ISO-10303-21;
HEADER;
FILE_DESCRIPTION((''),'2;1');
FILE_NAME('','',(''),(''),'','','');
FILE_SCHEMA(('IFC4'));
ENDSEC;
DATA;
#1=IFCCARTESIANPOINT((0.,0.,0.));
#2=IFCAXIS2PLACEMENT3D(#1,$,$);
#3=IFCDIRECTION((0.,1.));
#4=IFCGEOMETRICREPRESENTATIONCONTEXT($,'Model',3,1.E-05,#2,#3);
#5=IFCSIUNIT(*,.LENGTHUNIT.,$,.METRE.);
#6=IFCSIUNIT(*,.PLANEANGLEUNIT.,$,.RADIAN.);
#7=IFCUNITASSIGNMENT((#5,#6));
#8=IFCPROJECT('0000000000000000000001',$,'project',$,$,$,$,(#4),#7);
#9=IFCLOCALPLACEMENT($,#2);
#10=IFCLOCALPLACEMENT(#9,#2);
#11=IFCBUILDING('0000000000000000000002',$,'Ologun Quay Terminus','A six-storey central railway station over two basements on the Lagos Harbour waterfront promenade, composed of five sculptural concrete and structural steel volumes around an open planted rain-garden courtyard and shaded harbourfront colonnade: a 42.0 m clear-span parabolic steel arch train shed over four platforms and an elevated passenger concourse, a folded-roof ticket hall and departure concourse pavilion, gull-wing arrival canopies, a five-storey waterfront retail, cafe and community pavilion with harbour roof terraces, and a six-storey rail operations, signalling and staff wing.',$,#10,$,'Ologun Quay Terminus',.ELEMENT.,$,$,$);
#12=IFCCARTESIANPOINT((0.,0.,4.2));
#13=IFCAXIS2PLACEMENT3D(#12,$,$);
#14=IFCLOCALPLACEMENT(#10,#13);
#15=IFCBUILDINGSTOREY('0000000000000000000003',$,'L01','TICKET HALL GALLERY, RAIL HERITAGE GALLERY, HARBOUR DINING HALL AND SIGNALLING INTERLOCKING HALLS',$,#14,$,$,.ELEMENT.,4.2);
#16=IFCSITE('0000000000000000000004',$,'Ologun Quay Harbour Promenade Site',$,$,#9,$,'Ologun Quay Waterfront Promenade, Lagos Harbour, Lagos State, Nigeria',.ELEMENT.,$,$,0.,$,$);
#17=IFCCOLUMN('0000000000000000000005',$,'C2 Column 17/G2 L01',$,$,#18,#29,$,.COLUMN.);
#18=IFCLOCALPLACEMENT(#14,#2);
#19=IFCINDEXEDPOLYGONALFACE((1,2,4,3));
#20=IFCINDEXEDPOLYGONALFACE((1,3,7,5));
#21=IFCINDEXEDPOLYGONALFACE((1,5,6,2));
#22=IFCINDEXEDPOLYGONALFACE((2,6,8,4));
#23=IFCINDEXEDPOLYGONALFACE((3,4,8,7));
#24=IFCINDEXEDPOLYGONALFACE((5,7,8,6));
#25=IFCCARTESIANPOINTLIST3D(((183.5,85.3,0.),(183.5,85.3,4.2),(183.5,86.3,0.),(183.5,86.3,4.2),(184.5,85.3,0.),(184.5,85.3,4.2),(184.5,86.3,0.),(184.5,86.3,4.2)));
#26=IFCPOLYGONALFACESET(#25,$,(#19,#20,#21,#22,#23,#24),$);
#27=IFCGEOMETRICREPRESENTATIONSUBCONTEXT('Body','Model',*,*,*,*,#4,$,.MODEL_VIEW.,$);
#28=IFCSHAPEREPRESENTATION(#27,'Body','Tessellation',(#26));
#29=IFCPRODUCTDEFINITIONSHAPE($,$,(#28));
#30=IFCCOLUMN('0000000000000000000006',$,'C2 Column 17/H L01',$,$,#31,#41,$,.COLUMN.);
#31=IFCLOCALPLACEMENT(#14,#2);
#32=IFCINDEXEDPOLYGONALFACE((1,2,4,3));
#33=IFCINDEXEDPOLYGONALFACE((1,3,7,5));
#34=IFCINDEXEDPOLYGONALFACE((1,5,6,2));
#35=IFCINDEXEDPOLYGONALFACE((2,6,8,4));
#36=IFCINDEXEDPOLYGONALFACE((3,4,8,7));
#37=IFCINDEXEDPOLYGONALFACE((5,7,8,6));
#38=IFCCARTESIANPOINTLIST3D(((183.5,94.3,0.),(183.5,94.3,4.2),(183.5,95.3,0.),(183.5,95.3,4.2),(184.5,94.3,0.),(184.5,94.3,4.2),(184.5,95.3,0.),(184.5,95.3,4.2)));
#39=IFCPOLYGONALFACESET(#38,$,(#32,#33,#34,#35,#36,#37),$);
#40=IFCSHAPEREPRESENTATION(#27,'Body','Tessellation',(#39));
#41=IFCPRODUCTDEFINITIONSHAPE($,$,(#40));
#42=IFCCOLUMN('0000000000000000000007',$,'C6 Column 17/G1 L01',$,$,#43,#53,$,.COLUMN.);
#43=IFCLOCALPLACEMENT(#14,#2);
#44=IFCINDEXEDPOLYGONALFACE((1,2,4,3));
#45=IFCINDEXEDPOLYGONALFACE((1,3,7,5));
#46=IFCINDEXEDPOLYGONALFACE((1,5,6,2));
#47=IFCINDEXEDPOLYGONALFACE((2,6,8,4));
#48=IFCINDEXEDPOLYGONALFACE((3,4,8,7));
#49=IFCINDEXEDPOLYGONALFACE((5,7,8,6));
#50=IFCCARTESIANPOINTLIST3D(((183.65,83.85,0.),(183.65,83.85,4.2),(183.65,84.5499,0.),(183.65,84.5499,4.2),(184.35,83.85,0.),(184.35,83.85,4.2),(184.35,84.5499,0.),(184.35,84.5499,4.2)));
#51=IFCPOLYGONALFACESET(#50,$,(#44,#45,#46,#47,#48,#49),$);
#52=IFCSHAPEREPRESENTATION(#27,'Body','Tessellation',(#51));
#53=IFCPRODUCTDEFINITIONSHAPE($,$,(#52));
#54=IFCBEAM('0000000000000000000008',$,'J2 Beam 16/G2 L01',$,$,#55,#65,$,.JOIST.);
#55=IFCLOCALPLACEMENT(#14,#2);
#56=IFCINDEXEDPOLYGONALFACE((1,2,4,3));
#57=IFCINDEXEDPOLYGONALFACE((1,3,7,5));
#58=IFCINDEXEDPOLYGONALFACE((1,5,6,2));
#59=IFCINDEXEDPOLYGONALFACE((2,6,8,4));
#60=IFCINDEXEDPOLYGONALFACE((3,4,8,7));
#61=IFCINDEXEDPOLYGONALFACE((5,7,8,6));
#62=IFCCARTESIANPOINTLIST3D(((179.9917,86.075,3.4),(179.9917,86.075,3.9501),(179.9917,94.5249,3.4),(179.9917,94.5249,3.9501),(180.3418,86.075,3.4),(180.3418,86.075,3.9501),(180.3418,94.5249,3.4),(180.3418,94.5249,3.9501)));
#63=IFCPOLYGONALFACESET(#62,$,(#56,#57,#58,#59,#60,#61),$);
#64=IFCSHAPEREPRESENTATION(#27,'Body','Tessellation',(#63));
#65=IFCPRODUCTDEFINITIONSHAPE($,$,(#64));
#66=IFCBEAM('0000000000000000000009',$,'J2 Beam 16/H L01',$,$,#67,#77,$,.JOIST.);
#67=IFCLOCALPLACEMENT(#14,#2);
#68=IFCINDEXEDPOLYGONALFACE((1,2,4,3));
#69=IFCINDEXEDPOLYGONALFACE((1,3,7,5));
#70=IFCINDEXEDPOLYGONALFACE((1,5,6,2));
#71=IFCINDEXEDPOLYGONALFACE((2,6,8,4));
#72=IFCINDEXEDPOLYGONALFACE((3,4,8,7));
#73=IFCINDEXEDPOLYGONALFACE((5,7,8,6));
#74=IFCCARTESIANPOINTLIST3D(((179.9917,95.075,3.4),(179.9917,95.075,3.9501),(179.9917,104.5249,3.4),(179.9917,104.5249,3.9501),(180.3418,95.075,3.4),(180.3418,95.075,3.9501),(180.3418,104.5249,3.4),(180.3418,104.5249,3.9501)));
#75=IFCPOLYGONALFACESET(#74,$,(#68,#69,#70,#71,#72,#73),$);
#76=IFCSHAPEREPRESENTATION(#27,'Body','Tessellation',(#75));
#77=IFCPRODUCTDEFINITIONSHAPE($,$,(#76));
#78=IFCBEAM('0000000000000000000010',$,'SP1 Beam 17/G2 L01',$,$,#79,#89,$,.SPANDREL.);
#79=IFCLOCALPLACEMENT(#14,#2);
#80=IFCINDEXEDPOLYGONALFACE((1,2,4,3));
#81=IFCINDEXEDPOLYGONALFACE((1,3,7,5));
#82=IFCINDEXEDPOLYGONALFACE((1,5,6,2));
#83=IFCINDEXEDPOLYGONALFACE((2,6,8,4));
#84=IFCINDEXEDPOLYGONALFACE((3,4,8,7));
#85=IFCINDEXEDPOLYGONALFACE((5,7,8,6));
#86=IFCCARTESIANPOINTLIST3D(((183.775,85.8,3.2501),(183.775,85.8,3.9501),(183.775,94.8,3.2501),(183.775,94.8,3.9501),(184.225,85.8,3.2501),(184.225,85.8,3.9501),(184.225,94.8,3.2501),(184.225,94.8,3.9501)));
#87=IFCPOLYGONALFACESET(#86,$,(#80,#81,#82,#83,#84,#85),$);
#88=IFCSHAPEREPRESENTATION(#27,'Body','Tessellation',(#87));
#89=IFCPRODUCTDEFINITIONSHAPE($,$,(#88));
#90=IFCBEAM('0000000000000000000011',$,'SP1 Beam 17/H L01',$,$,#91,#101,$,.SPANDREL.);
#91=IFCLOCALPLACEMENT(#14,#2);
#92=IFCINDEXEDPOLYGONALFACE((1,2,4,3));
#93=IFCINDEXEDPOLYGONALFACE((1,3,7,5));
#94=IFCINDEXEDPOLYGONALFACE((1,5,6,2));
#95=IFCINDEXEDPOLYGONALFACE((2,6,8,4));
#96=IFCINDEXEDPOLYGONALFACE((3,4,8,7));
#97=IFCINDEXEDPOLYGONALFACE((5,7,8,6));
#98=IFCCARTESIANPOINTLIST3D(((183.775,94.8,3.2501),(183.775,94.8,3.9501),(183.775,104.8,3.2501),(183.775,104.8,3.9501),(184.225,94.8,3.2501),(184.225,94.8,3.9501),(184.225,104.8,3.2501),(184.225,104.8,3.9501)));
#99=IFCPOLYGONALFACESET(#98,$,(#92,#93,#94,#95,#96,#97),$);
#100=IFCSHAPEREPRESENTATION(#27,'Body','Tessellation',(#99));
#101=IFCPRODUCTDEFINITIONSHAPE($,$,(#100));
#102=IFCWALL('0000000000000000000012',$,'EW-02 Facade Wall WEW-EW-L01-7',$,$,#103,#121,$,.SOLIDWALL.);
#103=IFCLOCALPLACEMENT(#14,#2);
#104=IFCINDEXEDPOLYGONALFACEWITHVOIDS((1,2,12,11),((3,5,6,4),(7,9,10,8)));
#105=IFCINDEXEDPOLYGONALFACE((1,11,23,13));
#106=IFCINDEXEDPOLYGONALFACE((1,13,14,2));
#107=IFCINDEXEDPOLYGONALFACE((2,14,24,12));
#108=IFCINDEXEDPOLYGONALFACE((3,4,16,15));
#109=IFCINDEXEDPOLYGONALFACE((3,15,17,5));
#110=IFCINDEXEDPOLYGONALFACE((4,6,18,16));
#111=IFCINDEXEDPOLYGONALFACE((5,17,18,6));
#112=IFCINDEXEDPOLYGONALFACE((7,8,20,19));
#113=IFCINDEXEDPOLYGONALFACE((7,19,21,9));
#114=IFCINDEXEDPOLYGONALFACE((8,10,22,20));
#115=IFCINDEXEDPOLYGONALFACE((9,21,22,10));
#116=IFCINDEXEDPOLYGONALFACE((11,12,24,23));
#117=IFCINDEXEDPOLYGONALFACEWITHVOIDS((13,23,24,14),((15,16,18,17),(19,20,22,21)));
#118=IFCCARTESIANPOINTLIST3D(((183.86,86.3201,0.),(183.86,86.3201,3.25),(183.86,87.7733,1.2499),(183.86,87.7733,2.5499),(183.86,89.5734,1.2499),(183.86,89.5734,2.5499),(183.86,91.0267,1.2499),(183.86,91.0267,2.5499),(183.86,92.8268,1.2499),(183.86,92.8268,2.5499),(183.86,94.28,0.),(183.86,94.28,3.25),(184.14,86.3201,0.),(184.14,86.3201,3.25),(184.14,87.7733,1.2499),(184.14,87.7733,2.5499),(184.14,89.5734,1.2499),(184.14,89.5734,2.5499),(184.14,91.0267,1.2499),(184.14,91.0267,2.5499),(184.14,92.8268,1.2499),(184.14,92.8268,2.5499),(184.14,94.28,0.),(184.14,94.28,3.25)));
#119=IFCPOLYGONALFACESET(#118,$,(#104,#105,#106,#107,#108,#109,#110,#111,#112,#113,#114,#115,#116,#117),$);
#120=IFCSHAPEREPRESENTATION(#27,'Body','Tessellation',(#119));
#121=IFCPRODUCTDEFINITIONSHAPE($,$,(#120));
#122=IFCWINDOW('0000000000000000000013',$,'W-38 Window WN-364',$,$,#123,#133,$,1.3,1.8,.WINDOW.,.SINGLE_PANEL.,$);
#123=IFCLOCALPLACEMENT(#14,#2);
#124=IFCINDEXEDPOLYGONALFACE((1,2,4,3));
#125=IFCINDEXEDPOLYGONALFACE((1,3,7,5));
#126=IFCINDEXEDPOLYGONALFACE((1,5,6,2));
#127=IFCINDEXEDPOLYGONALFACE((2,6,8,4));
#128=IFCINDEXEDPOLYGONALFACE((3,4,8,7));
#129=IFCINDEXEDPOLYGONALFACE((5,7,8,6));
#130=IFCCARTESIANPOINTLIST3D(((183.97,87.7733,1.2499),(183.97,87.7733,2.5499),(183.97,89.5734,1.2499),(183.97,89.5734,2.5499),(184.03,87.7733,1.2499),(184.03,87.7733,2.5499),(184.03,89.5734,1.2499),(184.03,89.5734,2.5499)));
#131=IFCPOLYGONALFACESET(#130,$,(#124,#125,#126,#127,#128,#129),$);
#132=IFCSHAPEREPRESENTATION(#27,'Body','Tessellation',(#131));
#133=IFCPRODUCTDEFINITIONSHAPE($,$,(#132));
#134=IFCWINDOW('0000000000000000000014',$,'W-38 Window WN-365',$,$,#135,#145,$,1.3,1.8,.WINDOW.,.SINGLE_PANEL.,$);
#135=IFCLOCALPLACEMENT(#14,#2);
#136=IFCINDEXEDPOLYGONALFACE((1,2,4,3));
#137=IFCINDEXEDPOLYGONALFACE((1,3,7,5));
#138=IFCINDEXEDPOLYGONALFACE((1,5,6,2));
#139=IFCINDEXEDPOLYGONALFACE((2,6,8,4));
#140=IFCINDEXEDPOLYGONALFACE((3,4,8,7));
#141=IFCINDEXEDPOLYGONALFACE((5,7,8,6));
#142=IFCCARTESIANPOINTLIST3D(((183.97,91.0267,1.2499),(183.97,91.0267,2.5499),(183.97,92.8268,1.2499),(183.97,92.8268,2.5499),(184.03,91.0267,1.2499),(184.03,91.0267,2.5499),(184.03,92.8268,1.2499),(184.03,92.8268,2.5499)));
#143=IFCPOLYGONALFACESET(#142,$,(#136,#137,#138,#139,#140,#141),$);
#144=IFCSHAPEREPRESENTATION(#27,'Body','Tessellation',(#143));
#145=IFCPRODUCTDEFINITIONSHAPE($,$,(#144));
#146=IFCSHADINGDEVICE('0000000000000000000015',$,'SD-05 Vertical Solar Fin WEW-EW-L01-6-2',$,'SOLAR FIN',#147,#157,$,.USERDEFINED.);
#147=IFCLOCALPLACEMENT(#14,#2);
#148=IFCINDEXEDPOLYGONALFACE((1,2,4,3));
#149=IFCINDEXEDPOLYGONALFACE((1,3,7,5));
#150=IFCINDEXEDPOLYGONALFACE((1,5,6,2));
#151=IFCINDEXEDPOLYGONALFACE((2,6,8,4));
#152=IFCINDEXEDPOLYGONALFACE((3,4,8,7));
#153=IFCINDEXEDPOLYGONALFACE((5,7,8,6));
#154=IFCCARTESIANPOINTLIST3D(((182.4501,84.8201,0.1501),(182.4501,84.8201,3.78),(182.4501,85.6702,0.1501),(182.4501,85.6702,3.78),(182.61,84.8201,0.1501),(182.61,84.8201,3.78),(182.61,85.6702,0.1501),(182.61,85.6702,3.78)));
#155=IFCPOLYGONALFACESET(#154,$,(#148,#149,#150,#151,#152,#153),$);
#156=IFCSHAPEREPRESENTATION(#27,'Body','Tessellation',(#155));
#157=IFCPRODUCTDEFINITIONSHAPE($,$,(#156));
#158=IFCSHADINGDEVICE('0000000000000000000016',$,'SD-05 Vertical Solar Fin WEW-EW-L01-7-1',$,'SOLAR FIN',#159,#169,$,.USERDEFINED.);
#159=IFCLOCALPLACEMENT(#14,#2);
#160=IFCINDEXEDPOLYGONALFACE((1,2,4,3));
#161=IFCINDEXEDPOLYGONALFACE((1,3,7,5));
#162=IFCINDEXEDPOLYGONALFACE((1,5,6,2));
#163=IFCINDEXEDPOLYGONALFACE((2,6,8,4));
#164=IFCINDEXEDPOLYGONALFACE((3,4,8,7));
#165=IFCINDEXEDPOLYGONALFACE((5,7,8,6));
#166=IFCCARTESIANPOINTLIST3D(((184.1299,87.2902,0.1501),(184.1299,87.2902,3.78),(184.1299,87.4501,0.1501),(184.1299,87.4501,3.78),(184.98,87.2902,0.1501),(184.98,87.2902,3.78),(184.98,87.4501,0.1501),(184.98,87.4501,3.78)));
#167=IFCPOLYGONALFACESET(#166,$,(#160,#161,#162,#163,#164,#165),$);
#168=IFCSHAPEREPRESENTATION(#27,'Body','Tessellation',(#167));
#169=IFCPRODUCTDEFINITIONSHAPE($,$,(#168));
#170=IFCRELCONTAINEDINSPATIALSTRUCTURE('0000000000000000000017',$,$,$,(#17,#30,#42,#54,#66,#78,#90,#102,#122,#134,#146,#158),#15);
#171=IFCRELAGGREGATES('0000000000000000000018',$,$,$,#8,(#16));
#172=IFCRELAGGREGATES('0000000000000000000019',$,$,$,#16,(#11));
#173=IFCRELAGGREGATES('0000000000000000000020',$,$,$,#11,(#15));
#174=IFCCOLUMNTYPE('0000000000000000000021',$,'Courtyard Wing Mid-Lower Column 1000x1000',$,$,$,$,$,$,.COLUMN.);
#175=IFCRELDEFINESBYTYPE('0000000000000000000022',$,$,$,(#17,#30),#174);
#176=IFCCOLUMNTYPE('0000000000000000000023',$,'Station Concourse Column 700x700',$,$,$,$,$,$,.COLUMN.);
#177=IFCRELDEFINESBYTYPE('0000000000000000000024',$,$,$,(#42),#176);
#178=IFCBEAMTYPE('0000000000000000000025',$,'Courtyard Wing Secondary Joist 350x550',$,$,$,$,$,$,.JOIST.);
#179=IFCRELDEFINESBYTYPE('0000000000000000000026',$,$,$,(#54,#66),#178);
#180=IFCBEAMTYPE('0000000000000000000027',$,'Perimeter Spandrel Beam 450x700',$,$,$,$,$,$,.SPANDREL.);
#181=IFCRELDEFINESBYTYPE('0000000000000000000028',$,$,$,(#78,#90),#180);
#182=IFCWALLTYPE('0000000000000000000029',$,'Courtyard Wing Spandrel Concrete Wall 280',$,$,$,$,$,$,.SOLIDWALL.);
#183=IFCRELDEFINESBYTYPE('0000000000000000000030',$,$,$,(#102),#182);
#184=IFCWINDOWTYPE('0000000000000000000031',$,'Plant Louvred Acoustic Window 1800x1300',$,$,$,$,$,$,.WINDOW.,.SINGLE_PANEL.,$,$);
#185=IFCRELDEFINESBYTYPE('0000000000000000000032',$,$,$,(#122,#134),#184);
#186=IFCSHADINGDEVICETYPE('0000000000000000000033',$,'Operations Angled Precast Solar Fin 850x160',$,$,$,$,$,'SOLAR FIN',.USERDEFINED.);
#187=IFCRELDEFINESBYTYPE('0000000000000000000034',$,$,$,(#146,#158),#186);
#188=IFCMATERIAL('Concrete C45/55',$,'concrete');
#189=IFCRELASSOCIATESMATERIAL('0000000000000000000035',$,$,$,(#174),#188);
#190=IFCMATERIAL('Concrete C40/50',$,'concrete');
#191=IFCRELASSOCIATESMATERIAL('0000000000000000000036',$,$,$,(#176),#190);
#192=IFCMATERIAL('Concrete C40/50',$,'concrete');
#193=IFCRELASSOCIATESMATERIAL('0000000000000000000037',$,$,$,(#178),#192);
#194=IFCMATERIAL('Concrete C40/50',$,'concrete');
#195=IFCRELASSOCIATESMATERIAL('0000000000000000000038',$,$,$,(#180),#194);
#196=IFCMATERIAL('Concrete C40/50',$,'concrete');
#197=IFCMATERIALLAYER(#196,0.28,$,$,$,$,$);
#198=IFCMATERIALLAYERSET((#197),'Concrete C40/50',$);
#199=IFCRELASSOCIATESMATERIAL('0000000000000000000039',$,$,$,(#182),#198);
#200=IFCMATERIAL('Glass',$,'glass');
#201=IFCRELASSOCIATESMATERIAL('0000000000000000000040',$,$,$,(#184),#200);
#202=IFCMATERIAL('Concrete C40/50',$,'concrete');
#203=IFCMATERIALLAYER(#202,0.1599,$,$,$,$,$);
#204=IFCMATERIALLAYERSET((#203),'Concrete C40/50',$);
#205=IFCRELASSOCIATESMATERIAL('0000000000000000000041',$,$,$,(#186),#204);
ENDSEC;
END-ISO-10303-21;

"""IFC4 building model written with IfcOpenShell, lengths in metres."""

from ifc_helpers import new_model, si_unit, direction, frame, frame_2d, origin, origin_2d, place, context, subcontext, project, spatial, rectangle, extrude, material, layer, layer_set, material_profile, profile_set, type_object, element, fill, save


model = new_model("IFC4")

# Units and contexts
model_context = context("Model", 3, precision=1e-05, world=origin(), true_north=direction((0.0, 1.0)))
body_context = subcontext(model_context, "Body", "Model", "MODEL_VIEW")
ifc_project = project(units=[si_unit("LENGTHUNIT", "METRE"), si_unit("PLANEANGLEUNIT", "RADIAN")], contexts=[model_context])

# Site, building, storey
site_placement = place(None, origin())
site = spatial("IfcSite", under=ifc_project, at=site_placement, Name="Ologun Quay Harbour Promenade Site", LongName="Ologun Quay Waterfront Promenade, Lagos Harbour, Lagos State, Nigeria", CompositionType="ELEMENT", RefElevation=0.0)
building_placement = place(site_placement, origin())
building = spatial("IfcBuilding", under=site, at=building_placement, Name="Ologun Quay Terminus", Description="A six-storey central railway station over two basements on the Lagos Harbour waterfront promenade, composed of five sculptural concrete and structural steel volumes around an open planted rain-garden courtyard and shaded harbourfront colonnade: a 42.0 m clear-span parabolic steel arch train shed over four platforms and an elevated passenger concourse, a folded-roof ticket hall and departure concourse pavilion, gull-wing arrival canopies, a five-storey waterfront retail, cafe and community pavilion with harbour roof terraces, and a six-storey rail operations, signalling and staff wing.", LongName="Ologun Quay Terminus", CompositionType="ELEMENT")
storey_placement = place(building_placement, frame((0.0, 0.0, 4.2)))
storey = spatial("IfcBuildingStorey", under=building, at=storey_placement, Name="L01", Description="TICKET HALL GALLERY, RAIL HERITAGE GALLERY, HARBOUR DINING HALL AND SIGNALLING INTERLOCKING HALLS", CompositionType="ELEMENT", Elevation=4.2)

# Columns
ifc_material_1 = material(Name="Concrete C45/55", Category="concrete")
ifc_material_profile_1 = material_profile(ifc_material_1, rectangle(XDim=1.0, YDim=1.0, at=origin_2d()), Name="RC 1000x1000")
ifc_profile_set_1 = profile_set([ifc_material_profile_1], Name="Concrete C45/55")
column_type_1 = type_object("IfcColumnType", Name="Courtyard Wing Mid-Lower Column 1000x1000", PredefinedType="COLUMN", material=ifc_profile_set_1)
for number, where, z_axis, x_axis, name in (
    (1, (184.0, 85.8, 0.0), (0.0, 0.0, 1.0), (1.0, 0.0, 0.0), "C2 Column 17/G2 L01"),
    (2, (184.0, 94.8, 0.0), (0.0, 0.0, 1.0), (1.0, 0.0, 0.0), "C2 Column 17/H L01"),
):
    element("IfcColumn", number, at=place(storey_placement, frame(where, z_axis=z_axis, x_axis=x_axis)), inside=storey, type_object=column_type_1, Name=name, PredefinedType="COLUMN", context=body_context, shape_type="SweptSolid", body=[
        extrude(rectangle(XDim=1.0, YDim=1.0, at=origin_2d()), origin(), (0.0, 0.0, 1.0), 4.2),
    ])
ifc_material_2 = material(Name="Concrete C40/50", Category="concrete")
ifc_material_profile_2 = material_profile(ifc_material_2, rectangle(XDim=0.7, YDim=0.7, at=origin_2d()), Name="RC 700x700")
ifc_profile_set_2 = profile_set([ifc_material_profile_2], Name="Concrete C40/50")
column_type_2 = type_object("IfcColumnType", Name="Station Concourse Column 700x700", PredefinedType="COLUMN", material=ifc_profile_set_2)
column_placement = place(storey_placement, frame((184.0, 84.2, 0.0), z_axis=(0.0, 0.0, 1.0), x_axis=(1.0, 0.0, 0.0)))
element("IfcColumn", 3, at=column_placement, inside=storey, type_object=column_type_2, Name="C6 Column 17/G1 L01", PredefinedType="COLUMN", context=body_context, shape_type="SweptSolid", body=[
    extrude(rectangle(XDim=0.7, YDim=0.7, at=origin_2d()), origin(), (0.0, 0.0, 1.0), 4.2),
])

# Beams
ifc_material_3 = material(Name="Concrete C40/50", Category="concrete")
ifc_material_profile_3 = material_profile(ifc_material_3, rectangle(XDim=0.3501, YDim=0.55, at=origin_2d()), Name="RC 350x550")
ifc_profile_set_3 = profile_set([ifc_material_profile_3], Name="Concrete C40/50")
beam_type_1 = type_object("IfcBeamType", Name="Courtyard Wing Secondary Joist 350x550", PredefinedType="JOIST", material=ifc_profile_set_3)
beam_1_placement = place(storey_placement, frame((180.1667, 86.075, 3.675), z_axis=(0.0, 1.0, 0.0), x_axis=(-1.0, 0.0, 0.0)))
element("IfcBeam", 4, at=beam_1_placement, inside=storey, type_object=beam_type_1, Name="J2 Beam 16/G2 L01", PredefinedType="JOIST", context=body_context, shape_type="SweptSolid", body=[
    extrude(rectangle(XDim=0.3501, YDim=0.55, at=origin_2d()), origin(), (0.0, 0.0, 1.0), 8.45),
])
beam_2_placement = place(storey_placement, frame((180.1667, 95.075, 3.675), z_axis=(0.0, 1.0, 0.0), x_axis=(-1.0, 0.0, 0.0)))
element("IfcBeam", 5, at=beam_2_placement, inside=storey, type_object=beam_type_1, Name="J2 Beam 16/H L01", PredefinedType="JOIST", context=body_context, shape_type="SweptSolid", body=[
    extrude(rectangle(XDim=0.3501, YDim=0.55, at=origin_2d()), origin(), (0.0, 0.0, 1.0), 9.45),
])
ifc_material_4 = material(Name="Concrete C40/50", Category="concrete")
ifc_material_profile_4 = material_profile(ifc_material_4, rectangle(XDim=0.45, YDim=0.7, at=origin_2d()), Name="RC 450x700")
ifc_profile_set_4 = profile_set([ifc_material_profile_4], Name="Concrete C40/50")
beam_type_2 = type_object("IfcBeamType", Name="Perimeter Spandrel Beam 450x700", PredefinedType="SPANDREL", material=ifc_profile_set_4)
beam_3_placement = place(storey_placement, frame((184.0, 85.8, 3.6001), z_axis=(0.0, 1.0, 0.0), x_axis=(-1.0, 0.0, 0.0)))
element("IfcBeam", 6, at=beam_3_placement, inside=storey, type_object=beam_type_2, Name="SP1 Beam 17/G2 L01", PredefinedType="SPANDREL", context=body_context, shape_type="SweptSolid", body=[
    extrude(rectangle(XDim=0.45, YDim=0.7, at=origin_2d()), origin(), (0.0, 0.0, 1.0), 9.0),
])
beam_4_placement = place(storey_placement, frame((184.0, 94.8, 3.6001), z_axis=(0.0, 1.0, 0.0), x_axis=(-1.0, 0.0, 0.0)))
element("IfcBeam", 7, at=beam_4_placement, inside=storey, type_object=beam_type_2, Name="SP1 Beam 17/H L01", PredefinedType="SPANDREL", context=body_context, shape_type="SweptSolid", body=[
    extrude(rectangle(XDim=0.45, YDim=0.7, at=origin_2d()), origin(), (0.0, 0.0, 1.0), 10.0),
])

# Wall, openings, windows
ifc_material_5 = material(Name="Concrete C40/50", Category="concrete")
ifc_layer_1 = layer(ifc_material_5, 0.28)
ifc_layer_set_1 = layer_set([ifc_layer_1], Name="Concrete C40/50")
wall_type = type_object("IfcWallType", Name="Courtyard Wing Spandrel Concrete Wall 280", PredefinedType="SOLIDWALL", material=ifc_layer_set_1)
wall_placement = place(storey_placement, frame((184.0, 86.3201, 0.0), z_axis=(0.0, 0.0, 1.0), x_axis=(0.0, 1.0, 0.0)))
wall = element("IfcWall", 8, at=wall_placement, inside=storey, type_object=wall_type, Name="EW-02 Facade Wall WEW-EW-L01-7", PredefinedType="SOLIDWALL", context=body_context, shape_type="SweptSolid", body=[
    extrude(rectangle(XDim=7.96, YDim=0.28, at=frame_2d((3.98, 0.0))), origin(), (0.0, 0.0, 1.0), 3.25),
])
opening_1_placement = place(wall_placement, frame((1.4534, 0.0, 1.25)))
opening_1 = element("IfcOpeningElement", 9, at=opening_1_placement, cuts=wall, PredefinedType="OPENING", context=body_context, shape_type="SweptSolid", body=[
    extrude(rectangle(XDim=1.8, YDim=1.3, at=frame_2d((0.8999, 0.6499))), frame((0.0, 0.1499, 0.0), z_axis=(0.0, -1.0, 0.0), x_axis=(1.0, 0.0, 0.0)), (0.0, 0.0, 1.0), 0.3),
])
opening_2_placement = place(wall_placement, frame((4.7068, 0.0, 1.25)))
opening_2 = element("IfcOpeningElement", 10, at=opening_2_placement, cuts=wall, PredefinedType="OPENING", context=body_context, shape_type="SweptSolid", body=[
    extrude(rectangle(XDim=1.8, YDim=1.3, at=frame_2d((0.8999, 0.6499))), frame((0.0, 0.1499, 0.0), z_axis=(0.0, -1.0, 0.0), x_axis=(1.0, 0.0, 0.0)), (0.0, 0.0, 1.0), 0.3),
])
ifc_material_6 = material(Name="Glass", Category="glass")
window_type = type_object("IfcWindowType", Name="Plant Louvred Acoustic Window 1800x1300", PartitioningType="SINGLE_PANEL", PredefinedType="WINDOW", material=ifc_material_6)
window_1_placement = place(opening_1_placement, origin())
window_1 = element("IfcWindow", 11, at=window_1_placement, inside=storey, type_object=window_type, Name="W-38 Window WN-364", OverallHeight=1.3, OverallWidth=1.8, PartitioningType="SINGLE_PANEL", PredefinedType="WINDOW", context=body_context, shape_type="SweptSolid", body=[
    extrude(rectangle(XDim=1.8, YDim=1.3, at=frame_2d((0.8999, 0.6499))), frame((0.0, 0.03, 0.0), z_axis=(0.0, -1.0, 0.0), x_axis=(1.0, 0.0, 0.0)), (0.0, 0.0, 1.0), 0.0601),
])
fill(opening_1, window_1)
window_2_placement = place(opening_2_placement, origin())
window_2 = element("IfcWindow", 12, at=window_2_placement, inside=storey, type_object=window_type, Name="W-38 Window WN-365", OverallHeight=1.3, OverallWidth=1.8, PartitioningType="SINGLE_PANEL", PredefinedType="WINDOW", context=body_context, shape_type="SweptSolid", body=[
    extrude(rectangle(XDim=1.8, YDim=1.3, at=frame_2d((0.8999, 0.6499))), frame((0.0, 0.03, 0.0), z_axis=(0.0, -1.0, 0.0), x_axis=(1.0, 0.0, 0.0)), (0.0, 0.0, 1.0), 0.0601),
])
fill(opening_2, window_2)

# Shading devices
ifc_material_7 = material(Name="Concrete C40/50", Category="concrete")
ifc_layer_2 = layer(ifc_material_7, 0.1599)
ifc_layer_set_2 = layer_set([ifc_layer_2], Name="Concrete C40/50")
shading_device_type = type_object("IfcShadingDeviceType", Name="Operations Angled Precast Solar Fin 850x160", ElementType="SOLAR FIN", PredefinedType="USERDEFINED", material=ifc_layer_set_2)
shading_device_placement = place(storey_placement, frame((182.53, 85.2451, 0.1501), z_axis=(0.0, 0.0, 1.0), x_axis=(1.0, 0.0, 0.0)))
element("IfcShadingDevice", 13, at=shading_device_placement, inside=storey, type_object=shading_device_type, Name="SD-05 Vertical Solar Fin WEW-EW-L01-6-2", ObjectType="SOLAR FIN", PredefinedType="USERDEFINED", context=body_context, shape_type="SweptSolid", body=[
    extrude(rectangle(XDim=0.1599, YDim=0.8501, at=origin_2d()), origin(), (0.0, 0.0, 1.0), 3.6299),
])
for number, where, z_axis, x_axis, name in (
    (14, (184.5549, 87.3701, 0.1501), (0.0, 0.0, 1.0), (1.0, 0.0, 0.0), "SD-05 Vertical Solar Fin WEW-EW-L01-7-1"),
):
    element("IfcShadingDevice", number, at=place(storey_placement, frame(where, z_axis=z_axis, x_axis=x_axis)), inside=storey, type_object=shading_device_type, Name=name, ObjectType="SOLAR FIN", PredefinedType="USERDEFINED", context=body_context, shape_type="SweptSolid", body=[
        extrude(rectangle(XDim=0.8501, YDim=0.1599, at=origin_2d()), origin(), (0.0, 0.0, 1.0), 3.6299),
    ])

save(model, "model.ifc")
